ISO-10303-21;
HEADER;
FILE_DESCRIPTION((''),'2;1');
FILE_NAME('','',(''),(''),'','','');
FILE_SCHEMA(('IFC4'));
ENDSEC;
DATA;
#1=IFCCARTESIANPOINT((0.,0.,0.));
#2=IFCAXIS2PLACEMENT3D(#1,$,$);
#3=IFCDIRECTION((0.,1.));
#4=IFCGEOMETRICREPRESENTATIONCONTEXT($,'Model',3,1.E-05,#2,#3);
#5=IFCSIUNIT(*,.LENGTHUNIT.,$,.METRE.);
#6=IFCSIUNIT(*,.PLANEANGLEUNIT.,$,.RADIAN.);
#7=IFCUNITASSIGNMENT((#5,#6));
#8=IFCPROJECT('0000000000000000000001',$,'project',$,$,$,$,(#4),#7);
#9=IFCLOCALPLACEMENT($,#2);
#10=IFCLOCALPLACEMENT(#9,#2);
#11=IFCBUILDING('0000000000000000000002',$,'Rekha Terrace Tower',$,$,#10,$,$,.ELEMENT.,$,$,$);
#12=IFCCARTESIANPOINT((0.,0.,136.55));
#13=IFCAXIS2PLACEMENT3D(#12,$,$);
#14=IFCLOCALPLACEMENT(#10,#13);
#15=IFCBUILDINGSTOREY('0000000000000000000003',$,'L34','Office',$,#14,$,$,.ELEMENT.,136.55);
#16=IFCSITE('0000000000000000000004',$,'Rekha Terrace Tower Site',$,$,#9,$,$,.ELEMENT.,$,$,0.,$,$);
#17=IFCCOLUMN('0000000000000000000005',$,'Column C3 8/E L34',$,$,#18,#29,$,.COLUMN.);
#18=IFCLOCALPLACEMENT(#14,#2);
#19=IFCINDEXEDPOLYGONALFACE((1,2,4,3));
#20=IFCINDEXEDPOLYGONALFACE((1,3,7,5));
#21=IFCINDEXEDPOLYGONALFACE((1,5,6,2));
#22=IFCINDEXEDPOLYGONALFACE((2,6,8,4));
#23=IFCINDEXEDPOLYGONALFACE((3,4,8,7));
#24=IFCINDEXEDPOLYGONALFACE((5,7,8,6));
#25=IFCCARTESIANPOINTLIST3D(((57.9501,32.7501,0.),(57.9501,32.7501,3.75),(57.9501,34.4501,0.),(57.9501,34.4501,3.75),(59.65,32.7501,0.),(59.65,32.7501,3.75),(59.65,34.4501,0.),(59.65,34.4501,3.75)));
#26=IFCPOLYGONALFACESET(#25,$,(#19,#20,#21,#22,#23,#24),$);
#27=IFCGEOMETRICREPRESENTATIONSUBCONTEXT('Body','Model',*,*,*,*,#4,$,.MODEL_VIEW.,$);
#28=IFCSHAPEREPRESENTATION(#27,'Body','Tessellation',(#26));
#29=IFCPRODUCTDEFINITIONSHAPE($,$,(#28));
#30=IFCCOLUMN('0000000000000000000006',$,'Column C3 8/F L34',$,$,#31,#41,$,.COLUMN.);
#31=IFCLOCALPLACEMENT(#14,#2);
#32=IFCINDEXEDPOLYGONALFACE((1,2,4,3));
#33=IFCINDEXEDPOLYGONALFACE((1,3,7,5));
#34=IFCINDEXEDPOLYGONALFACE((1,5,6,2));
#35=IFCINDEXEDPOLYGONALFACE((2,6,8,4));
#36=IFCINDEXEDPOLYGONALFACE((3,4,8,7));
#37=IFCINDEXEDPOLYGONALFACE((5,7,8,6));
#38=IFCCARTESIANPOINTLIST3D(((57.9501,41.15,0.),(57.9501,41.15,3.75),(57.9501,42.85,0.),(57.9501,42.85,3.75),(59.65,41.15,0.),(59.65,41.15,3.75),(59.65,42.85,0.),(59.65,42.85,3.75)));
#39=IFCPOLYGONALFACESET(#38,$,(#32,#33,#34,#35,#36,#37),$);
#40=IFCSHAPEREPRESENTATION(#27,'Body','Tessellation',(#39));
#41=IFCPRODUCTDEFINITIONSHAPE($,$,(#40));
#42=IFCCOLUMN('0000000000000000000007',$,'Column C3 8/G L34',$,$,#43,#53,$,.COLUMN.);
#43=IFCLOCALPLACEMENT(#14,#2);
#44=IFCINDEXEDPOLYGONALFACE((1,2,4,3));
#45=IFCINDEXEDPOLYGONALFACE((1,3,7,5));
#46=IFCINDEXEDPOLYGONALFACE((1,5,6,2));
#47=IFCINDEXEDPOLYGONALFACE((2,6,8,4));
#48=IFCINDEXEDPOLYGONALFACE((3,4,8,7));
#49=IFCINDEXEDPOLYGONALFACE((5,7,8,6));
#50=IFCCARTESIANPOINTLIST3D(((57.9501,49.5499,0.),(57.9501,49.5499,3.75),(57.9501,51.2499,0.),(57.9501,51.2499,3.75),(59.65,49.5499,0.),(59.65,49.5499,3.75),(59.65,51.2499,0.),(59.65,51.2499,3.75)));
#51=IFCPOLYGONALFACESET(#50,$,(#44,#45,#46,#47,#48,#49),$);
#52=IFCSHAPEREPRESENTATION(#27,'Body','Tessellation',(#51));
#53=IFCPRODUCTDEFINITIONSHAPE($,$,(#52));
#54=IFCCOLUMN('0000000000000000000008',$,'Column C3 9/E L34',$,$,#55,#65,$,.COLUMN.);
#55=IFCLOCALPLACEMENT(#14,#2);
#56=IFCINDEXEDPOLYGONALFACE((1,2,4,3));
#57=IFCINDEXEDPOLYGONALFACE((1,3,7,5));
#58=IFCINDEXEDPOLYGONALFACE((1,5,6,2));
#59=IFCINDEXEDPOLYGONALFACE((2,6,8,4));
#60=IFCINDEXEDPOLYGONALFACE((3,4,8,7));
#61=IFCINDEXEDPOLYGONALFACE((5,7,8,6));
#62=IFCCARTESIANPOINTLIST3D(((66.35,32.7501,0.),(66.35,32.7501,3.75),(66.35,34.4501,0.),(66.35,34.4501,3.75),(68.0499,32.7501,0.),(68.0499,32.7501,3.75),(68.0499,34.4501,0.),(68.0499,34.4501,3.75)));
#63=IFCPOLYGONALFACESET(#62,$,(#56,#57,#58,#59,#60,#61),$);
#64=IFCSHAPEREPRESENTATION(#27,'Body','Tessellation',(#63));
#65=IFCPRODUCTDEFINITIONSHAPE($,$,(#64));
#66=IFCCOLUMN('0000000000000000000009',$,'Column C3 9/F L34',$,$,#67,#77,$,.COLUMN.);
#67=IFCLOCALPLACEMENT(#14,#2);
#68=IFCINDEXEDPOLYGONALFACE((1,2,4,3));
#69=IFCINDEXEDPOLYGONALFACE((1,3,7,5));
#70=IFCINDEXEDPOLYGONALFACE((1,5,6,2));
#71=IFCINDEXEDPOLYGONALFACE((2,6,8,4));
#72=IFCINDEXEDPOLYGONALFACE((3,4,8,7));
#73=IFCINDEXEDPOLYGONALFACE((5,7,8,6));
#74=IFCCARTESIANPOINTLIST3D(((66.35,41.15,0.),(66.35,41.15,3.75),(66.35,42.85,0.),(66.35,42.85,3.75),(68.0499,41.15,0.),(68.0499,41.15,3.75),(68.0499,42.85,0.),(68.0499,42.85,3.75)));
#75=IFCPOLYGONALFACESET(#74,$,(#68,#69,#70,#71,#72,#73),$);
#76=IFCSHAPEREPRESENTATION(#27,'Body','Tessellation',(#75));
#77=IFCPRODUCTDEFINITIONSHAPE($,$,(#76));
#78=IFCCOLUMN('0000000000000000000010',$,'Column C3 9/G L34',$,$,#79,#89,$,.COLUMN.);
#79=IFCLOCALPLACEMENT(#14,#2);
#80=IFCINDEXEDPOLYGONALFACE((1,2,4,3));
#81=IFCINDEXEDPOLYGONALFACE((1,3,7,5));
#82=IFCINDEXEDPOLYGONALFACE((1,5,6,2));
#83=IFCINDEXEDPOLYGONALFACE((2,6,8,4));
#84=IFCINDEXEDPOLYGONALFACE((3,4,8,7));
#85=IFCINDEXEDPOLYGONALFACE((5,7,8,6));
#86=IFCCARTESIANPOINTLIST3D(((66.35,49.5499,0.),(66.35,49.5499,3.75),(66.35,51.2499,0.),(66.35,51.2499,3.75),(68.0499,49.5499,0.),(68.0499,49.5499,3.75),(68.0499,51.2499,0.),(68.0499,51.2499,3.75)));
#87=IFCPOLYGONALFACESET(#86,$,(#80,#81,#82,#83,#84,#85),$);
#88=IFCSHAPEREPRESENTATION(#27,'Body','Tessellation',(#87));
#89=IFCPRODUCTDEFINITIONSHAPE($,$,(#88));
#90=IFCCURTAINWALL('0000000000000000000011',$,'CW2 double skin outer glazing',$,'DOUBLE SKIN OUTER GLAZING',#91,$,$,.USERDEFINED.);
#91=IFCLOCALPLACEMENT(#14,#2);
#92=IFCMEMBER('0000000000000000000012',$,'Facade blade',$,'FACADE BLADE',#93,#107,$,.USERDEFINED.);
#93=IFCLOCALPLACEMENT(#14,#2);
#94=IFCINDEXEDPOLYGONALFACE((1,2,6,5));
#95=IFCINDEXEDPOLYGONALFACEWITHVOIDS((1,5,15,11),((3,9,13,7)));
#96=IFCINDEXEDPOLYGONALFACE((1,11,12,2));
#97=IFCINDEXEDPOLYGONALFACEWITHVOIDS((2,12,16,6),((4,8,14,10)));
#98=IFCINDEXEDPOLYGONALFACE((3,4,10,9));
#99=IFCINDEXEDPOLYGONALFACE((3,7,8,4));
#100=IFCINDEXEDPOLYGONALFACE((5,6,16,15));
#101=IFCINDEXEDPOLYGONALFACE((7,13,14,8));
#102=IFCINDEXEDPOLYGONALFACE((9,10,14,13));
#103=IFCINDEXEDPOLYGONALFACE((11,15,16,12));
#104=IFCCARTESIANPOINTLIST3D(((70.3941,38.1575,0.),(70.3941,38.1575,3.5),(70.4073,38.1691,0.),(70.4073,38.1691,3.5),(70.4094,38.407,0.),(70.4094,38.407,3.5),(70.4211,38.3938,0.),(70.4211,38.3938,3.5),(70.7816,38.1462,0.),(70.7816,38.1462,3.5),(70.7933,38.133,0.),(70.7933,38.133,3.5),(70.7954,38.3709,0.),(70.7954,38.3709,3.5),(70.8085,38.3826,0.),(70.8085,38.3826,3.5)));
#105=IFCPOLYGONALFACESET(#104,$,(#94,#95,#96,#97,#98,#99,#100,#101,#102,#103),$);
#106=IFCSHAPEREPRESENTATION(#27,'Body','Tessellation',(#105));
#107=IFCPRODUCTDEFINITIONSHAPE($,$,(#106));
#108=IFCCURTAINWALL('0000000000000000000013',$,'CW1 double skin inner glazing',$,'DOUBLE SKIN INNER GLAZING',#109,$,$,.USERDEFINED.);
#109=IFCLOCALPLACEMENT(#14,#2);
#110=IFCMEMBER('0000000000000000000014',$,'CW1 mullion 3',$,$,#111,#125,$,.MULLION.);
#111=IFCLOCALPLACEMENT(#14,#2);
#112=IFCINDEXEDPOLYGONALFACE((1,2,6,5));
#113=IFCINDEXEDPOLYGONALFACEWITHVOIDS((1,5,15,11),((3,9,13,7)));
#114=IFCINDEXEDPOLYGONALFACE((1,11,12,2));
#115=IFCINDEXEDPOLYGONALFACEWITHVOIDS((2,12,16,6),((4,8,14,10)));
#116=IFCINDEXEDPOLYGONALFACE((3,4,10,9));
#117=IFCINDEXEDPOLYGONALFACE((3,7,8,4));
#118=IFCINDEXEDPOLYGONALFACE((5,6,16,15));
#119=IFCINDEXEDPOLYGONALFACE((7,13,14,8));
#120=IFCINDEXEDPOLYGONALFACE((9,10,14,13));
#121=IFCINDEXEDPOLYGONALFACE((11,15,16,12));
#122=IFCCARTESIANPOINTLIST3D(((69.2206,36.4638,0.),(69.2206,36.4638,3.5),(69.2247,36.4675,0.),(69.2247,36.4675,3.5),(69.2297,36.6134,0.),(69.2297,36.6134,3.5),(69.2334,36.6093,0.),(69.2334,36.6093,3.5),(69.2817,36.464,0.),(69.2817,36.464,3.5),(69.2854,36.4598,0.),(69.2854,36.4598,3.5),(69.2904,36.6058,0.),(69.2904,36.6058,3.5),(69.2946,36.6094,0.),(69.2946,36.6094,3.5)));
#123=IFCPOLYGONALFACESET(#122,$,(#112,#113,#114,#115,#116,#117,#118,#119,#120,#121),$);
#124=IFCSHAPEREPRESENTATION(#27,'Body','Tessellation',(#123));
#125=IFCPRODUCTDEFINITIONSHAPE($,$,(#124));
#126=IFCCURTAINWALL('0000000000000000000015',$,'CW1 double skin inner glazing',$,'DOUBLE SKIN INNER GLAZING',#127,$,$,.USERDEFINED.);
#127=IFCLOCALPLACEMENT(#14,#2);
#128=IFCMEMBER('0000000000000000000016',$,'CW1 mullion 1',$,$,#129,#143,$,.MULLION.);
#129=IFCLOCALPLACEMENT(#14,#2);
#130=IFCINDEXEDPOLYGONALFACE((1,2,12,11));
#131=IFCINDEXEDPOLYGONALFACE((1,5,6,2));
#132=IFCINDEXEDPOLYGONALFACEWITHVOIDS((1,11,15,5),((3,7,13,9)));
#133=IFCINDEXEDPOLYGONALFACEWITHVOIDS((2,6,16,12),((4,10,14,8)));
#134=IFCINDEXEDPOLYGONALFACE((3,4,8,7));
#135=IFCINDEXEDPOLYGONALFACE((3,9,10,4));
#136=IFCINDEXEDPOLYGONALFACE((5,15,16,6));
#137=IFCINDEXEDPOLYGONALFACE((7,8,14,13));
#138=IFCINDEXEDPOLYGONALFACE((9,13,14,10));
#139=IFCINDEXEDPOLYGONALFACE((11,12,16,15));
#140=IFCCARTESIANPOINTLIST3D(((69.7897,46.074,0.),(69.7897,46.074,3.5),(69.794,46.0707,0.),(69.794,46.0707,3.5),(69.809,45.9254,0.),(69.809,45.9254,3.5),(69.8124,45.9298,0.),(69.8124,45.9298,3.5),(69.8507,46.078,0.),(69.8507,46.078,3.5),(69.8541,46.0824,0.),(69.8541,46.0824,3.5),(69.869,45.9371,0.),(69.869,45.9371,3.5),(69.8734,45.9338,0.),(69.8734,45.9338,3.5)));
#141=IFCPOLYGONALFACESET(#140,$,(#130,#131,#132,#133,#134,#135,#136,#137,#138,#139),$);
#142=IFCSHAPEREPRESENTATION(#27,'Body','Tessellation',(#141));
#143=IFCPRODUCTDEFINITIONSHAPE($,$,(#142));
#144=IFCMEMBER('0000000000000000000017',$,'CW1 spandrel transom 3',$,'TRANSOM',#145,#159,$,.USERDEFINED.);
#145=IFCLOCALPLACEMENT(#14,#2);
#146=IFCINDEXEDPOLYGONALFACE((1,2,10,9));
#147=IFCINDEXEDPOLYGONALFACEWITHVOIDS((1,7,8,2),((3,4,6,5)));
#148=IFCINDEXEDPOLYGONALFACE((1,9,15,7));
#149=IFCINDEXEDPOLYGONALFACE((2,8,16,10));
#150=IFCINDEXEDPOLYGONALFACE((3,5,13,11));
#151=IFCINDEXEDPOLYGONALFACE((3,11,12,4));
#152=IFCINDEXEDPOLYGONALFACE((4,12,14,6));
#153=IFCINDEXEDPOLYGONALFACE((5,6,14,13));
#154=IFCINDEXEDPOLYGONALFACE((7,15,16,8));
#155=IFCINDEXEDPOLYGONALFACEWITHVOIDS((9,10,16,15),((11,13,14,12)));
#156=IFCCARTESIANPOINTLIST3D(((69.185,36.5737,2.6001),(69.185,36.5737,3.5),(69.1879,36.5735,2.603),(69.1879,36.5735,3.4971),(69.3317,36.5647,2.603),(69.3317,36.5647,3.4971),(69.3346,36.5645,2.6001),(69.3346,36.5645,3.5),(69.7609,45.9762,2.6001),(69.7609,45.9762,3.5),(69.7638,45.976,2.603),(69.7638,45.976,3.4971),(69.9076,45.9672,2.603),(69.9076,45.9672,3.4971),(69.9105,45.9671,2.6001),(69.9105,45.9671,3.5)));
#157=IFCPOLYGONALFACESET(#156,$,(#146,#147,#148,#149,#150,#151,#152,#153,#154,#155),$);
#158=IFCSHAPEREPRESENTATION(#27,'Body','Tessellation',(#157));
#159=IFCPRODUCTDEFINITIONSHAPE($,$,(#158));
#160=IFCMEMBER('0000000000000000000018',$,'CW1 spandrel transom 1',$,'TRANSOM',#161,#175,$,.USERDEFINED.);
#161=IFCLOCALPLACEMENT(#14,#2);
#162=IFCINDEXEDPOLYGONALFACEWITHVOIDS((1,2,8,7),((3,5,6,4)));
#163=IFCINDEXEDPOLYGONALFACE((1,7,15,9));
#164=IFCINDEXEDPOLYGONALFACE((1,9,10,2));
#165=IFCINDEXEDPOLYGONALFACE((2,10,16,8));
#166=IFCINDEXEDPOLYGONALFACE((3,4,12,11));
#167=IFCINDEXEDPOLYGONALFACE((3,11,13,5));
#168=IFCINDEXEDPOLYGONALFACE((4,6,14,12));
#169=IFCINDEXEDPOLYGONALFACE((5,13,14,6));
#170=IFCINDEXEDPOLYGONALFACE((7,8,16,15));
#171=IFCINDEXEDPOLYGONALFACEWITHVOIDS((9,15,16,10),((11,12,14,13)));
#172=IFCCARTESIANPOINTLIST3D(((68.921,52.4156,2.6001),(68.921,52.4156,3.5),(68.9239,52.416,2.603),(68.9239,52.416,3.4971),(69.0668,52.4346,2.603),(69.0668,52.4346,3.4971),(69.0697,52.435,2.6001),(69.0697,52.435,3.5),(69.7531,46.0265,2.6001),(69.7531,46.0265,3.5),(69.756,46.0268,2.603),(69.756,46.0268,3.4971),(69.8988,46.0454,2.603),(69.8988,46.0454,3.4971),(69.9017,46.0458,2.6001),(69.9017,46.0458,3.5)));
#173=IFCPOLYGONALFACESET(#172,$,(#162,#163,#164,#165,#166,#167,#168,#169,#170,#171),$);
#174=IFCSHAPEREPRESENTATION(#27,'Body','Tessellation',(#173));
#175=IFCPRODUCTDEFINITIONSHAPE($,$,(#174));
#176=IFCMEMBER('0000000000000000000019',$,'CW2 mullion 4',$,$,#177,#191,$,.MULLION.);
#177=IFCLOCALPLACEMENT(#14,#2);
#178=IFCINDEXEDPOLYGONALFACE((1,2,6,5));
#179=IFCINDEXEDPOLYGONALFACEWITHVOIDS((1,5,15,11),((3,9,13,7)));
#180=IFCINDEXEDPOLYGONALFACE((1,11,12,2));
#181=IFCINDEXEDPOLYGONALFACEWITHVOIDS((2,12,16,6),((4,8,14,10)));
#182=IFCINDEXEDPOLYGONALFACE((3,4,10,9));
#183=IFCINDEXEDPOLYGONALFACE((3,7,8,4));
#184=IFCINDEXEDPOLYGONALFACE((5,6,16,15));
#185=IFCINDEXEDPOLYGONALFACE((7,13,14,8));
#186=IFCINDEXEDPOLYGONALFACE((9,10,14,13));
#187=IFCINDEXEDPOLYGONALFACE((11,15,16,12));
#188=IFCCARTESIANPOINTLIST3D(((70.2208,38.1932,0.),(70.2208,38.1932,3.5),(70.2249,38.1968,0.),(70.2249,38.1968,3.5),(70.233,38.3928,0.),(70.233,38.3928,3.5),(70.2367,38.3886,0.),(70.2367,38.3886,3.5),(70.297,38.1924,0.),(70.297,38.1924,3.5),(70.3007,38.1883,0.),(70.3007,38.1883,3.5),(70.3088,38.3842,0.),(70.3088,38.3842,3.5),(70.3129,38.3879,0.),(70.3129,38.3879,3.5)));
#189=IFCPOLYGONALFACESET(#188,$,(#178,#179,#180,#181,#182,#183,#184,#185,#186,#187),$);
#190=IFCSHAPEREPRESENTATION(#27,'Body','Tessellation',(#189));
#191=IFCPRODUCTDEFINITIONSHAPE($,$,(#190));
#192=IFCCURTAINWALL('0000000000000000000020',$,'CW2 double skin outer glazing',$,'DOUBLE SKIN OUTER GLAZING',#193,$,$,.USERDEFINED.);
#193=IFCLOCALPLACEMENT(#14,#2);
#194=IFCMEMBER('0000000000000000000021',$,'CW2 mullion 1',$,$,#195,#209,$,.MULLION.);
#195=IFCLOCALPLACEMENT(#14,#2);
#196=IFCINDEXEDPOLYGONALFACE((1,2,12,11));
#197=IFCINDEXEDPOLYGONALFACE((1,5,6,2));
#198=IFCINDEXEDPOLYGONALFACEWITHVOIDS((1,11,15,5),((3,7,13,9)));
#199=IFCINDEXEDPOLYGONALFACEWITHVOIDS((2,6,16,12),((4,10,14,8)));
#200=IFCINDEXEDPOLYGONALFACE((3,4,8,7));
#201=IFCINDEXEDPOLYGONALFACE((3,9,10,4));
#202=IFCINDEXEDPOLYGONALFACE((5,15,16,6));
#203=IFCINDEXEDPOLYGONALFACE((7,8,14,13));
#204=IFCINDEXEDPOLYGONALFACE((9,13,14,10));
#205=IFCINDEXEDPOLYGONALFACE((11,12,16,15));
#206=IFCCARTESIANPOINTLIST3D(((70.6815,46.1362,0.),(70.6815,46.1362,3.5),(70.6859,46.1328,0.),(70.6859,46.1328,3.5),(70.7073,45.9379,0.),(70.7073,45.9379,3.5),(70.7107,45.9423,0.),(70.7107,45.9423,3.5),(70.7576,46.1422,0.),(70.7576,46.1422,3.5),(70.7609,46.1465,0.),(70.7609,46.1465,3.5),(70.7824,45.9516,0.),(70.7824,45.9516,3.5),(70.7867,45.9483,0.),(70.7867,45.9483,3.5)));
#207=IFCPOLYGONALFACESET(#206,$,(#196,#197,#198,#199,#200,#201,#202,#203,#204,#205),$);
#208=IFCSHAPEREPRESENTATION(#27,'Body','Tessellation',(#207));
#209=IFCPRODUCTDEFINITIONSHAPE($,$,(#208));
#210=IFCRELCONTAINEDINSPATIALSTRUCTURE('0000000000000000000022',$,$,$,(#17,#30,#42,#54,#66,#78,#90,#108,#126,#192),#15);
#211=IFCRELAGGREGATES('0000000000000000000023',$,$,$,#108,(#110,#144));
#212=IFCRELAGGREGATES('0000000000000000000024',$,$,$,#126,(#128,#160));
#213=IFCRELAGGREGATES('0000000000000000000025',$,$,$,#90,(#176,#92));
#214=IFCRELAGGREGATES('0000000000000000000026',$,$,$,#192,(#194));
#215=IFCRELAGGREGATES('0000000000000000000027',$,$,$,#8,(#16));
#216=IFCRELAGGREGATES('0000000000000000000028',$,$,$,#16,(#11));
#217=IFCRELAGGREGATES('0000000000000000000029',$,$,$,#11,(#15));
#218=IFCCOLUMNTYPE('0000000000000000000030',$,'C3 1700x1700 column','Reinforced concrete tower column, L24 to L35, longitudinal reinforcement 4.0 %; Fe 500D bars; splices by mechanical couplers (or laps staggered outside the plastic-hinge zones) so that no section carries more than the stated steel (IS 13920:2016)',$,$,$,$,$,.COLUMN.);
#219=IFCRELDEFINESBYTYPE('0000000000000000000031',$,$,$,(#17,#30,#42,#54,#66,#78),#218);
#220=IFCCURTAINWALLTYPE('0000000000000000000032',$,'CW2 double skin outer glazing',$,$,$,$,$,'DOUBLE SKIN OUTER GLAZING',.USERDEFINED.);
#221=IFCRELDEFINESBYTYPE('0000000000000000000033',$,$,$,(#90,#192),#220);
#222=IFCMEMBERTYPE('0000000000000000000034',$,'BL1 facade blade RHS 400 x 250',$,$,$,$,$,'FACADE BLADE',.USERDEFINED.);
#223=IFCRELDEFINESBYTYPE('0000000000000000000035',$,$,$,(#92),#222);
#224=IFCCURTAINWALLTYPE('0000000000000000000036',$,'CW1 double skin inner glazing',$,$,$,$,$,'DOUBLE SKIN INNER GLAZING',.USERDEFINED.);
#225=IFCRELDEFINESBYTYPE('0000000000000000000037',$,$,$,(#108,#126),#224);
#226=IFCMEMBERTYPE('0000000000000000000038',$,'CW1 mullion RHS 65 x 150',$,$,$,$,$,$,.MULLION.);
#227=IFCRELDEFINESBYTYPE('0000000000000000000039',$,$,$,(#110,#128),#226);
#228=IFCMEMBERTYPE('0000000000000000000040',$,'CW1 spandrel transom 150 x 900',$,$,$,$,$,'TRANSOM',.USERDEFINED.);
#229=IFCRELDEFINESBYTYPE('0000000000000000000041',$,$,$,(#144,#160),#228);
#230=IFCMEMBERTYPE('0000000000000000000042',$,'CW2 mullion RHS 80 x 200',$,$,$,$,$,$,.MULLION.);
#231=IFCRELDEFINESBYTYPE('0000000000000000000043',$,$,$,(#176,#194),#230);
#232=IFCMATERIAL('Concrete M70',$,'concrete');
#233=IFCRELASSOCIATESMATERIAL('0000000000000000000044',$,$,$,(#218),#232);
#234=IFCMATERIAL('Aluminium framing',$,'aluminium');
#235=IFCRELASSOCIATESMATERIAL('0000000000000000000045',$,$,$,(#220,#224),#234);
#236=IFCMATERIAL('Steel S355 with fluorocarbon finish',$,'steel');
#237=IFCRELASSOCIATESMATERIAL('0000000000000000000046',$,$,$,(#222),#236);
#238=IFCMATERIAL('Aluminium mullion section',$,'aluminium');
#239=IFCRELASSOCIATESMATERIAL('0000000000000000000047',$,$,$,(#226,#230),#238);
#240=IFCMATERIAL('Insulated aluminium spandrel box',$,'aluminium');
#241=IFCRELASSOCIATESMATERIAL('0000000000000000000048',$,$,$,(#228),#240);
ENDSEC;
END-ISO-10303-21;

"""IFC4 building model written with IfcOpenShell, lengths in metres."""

from ifc_helpers import new_model, si_unit, direction, frame, origin, origin_2d, place, context, subcontext, project, spatial, rectangle, hollow_rectangle, extrude, material, material_profile, profile_set, type_object, element, aggregate, save


model = new_model("IFC4")

# Units and contexts
model_context = context("Model", 3, precision=1e-05, world=origin(), true_north=direction((0.0, 1.0)))
body_context = subcontext(model_context, "Body", "Model", "MODEL_VIEW")
ifc_project = project(units=[si_unit("LENGTHUNIT", "METRE"), si_unit("PLANEANGLEUNIT", "RADIAN")], contexts=[model_context])

# Site, building, storey
site_placement = place(None, origin())
site = spatial("IfcSite", under=ifc_project, at=site_placement, Name="Rekha Terrace Tower Site", CompositionType="ELEMENT", RefElevation=0.0)
building_placement = place(site_placement, origin())
building = spatial("IfcBuilding", under=site, at=building_placement, Name="Rekha Terrace Tower", CompositionType="ELEMENT")
storey_placement = place(building_placement, frame((0.0, 0.0, 136.55)))
storey = spatial("IfcBuildingStorey", under=building, at=storey_placement, Name="L34", Description="Office", CompositionType="ELEMENT", Elevation=136.55)

# Columns
ifc_material_1 = material(Name="Concrete M70", Category="concrete")
ifc_material_profile_1 = material_profile(ifc_material_1, rectangle(XDim=1.7, YDim=1.7, at=origin_2d()), Name="RC 1700x1700")
ifc_profile_set_1 = profile_set([ifc_material_profile_1], Name="Concrete M70")
column_type = type_object("IfcColumnType", Name="C3 1700x1700 column", Description="Reinforced concrete tower column, L24 to L35, longitudinal reinforcement 4.0 %; Fe 500D bars; splices by mechanical couplers (or laps staggered outside the plastic-hinge zones) so that no section carries more than the stated steel (IS 13920:2016)", PredefinedType="COLUMN", material=ifc_profile_set_1)
for number, where, z_axis, x_axis, name in (
    (1, (58.8, 33.6001, 0.0), (0.0, 0.0, 1.0), (1.0, 0.0, 0.0), "Column C3 8/E L34"),
    (2, (58.8, 42.0, 0.0), (0.0, 0.0, 1.0), (1.0, 0.0, 0.0), "Column C3 8/F L34"),
    (3, (58.8, 50.3999, 0.0), (0.0, 0.0, 1.0), (1.0, 0.0, 0.0), "Column C3 8/G L34"),
    (4, (67.2, 33.6001, 0.0), (0.0, 0.0, 1.0), (1.0, 0.0, 0.0), "Column C3 9/E L34"),
    (5, (67.2, 42.0, 0.0), (0.0, 0.0, 1.0), (1.0, 0.0, 0.0), "Column C3 9/F L34"),
    (6, (67.2, 50.3999, 0.0), (0.0, 0.0, 1.0), (1.0, 0.0, 0.0), "Column C3 9/G L34"),
):
    element("IfcColumn", number, at=place(storey_placement, frame(where, z_axis=z_axis, x_axis=x_axis)), inside=storey, type_object=column_type, Name=name, PredefinedType="COLUMN", context=body_context, shape_type="SweptSolid", body=[
        extrude(rectangle(XDim=1.7, YDim=1.7, at=origin_2d()), origin(), (0.0, 0.0, 1.0), 3.75),
    ])

# Curtain walls, members
ifc_material_2 = material(Name="Aluminium framing", Category="aluminium")
curtain_wall_type_1 = type_object("IfcCurtainWallType", Name="CW2 double skin outer glazing", ElementType="DOUBLE SKIN OUTER GLAZING", PredefinedType="USERDEFINED", material=ifc_material_2)
curtain_wall_1_placement = place(storey_placement, origin())
curtain_wall_1 = element("IfcCurtainWall", 7, at=curtain_wall_1_placement, inside=storey, type_object=curtain_wall_type_1, Name="CW2 double skin outer glazing", ObjectType="DOUBLE SKIN OUTER GLAZING", PredefinedType="USERDEFINED")
ifc_material_3 = material(Name="Steel S355 with fluorocarbon finish", Category="steel")
ifc_material_profile_2 = material_profile(ifc_material_3, hollow_rectangle(XDim=0.25, YDim=0.3999, WallThickness=0.0125, at=origin_2d()), Name="RHS400x250x12.5")
ifc_profile_set_2 = profile_set([ifc_material_profile_2], Name="Steel S355 with fluorocarbon finish")
member_type_1 = type_object("IfcMemberType", Name="BL1 facade blade RHS 400 x 250", ElementType="FACADE BLADE", PredefinedType="USERDEFINED", material=ifc_profile_set_2)
member_1_placement = place(storey_placement, frame((70.6013, 38.27, 0.0), z_axis=(0.0, 0.0, 1.0), x_axis=(0.06116, 0.998128, 0.0)))
member_1 = element("IfcMember", 8, at=member_1_placement, type_object=member_type_1, Name="Facade blade", ObjectType="FACADE BLADE", PredefinedType="USERDEFINED", context=body_context, shape_type="SweptSolid", body=[
    extrude(hollow_rectangle(XDim=0.25, YDim=0.3999, WallThickness=0.0125, at=origin_2d()), origin(), (0.0, 0.0, 1.0), 3.5),
])
curtain_wall_type_2 = type_object("IfcCurtainWallType", Name="CW1 double skin inner glazing", ElementType="DOUBLE SKIN INNER GLAZING", PredefinedType="USERDEFINED", material=ifc_material_2)
curtain_wall_2_placement = place(storey_placement, origin())
curtain_wall_2 = element("IfcCurtainWall", 9, at=curtain_wall_2_placement, inside=storey, type_object=curtain_wall_type_2, Name="CW1 double skin inner glazing", ObjectType="DOUBLE SKIN INNER GLAZING", PredefinedType="USERDEFINED")
ifc_material_4 = material(Name="Aluminium mullion section", Category="aluminium")
ifc_material_profile_3 = material_profile(ifc_material_4, hollow_rectangle(XDim=0.0649, YDim=0.1499, WallThickness=0.0039, at=origin_2d()), Name="AL RHS 65x150")
ifc_profile_set_3 = profile_set([ifc_material_profile_3], Name="Aluminium mullion section")
member_type_2 = type_object("IfcMemberType", Name="CW1 mullion RHS 65 x 150", PredefinedType="MULLION", material=ifc_profile_set_3)
member_2_placement = place(storey_placement, frame((69.2576, 36.5366, 0.0), z_axis=(0.0, 0.0, 1.0), x_axis=(-0.998128, 0.06116, 0.0)))
member_2 = element("IfcMember", 10, at=member_2_placement, type_object=member_type_2, Name="CW1 mullion 3", PredefinedType="MULLION", context=body_context, shape_type="SweptSolid", body=[
    extrude(hollow_rectangle(XDim=0.0649, YDim=0.1499, WallThickness=0.0039, at=origin_2d()), origin(), (0.0, 0.0, 1.0), 3.5),
])
curtain_wall_3_placement = place(storey_placement, origin())
curtain_wall_3 = element("IfcCurtainWall", 11, at=curtain_wall_3_placement, inside=storey, type_object=curtain_wall_type_2, Name="CW1 double skin inner glazing", ObjectType="DOUBLE SKIN INNER GLAZING", PredefinedType="USERDEFINED")
member_3_placement = place(storey_placement, frame((69.8315, 46.0039, 0.0), z_axis=(0.0, 0.0, 1.0), x_axis=(-0.991629, -0.129118, 0.0)))
member_3 = element("IfcMember", 12, at=member_3_placement, type_object=member_type_2, Name="CW1 mullion 1", PredefinedType="MULLION", context=body_context, shape_type="SweptSolid", body=[
    extrude(hollow_rectangle(XDim=0.0649, YDim=0.1499, WallThickness=0.0039, at=origin_2d()), origin(), (0.0, 0.0, 1.0), 3.5),
])

# Members
ifc_material_5 = material(Name="Insulated aluminium spandrel box", Category="aluminium")
ifc_material_profile_4 = material_profile(ifc_material_5, hollow_rectangle(XDim=0.1499, YDim=0.8999, WallThickness=0.0029, at=origin_2d()), Name="AL SPANDREL BOX 150x900")
ifc_profile_set_4 = profile_set([ifc_material_profile_4], Name="Insulated aluminium spandrel box")
member_type_3 = type_object("IfcMemberType", Name="CW1 spandrel transom 150 x 900", ElementType="TRANSOM", PredefinedType="USERDEFINED", material=ifc_profile_set_4)
member_4_placement = place(storey_placement, frame((69.2598, 36.5691, 3.05), z_axis=(0.061137, 0.998129, 0.0), x_axis=(-0.998129, 0.061137, 0.0)))
member_4 = element("IfcMember", 13, at=member_4_placement, type_object=member_type_3, Name="CW1 spandrel transom 3", ObjectType="TRANSOM", PredefinedType="USERDEFINED", context=body_context, shape_type="SweptSolid", body=[
    extrude(hollow_rectangle(XDim=0.1499, YDim=0.8999, WallThickness=0.0029, at=origin_2d()), origin(), (0.0, 0.0, 1.0), 9.4202),
])
member_5_placement = place(storey_placement, frame((69.8274, 46.0361, 3.05), z_axis=(-0.129135, 0.991627, 0.0), x_axis=(-0.991627, -0.129135, 0.0)))
member_5 = element("IfcMember", 14, at=member_5_placement, type_object=member_type_3, Name="CW1 spandrel transom 1", ObjectType="TRANSOM", PredefinedType="USERDEFINED", context=body_context, shape_type="SweptSolid", body=[
    extrude(hollow_rectangle(XDim=0.1499, YDim=0.8999, WallThickness=0.0029, at=origin_2d()), origin(), (0.0, 0.0, 1.0), 6.4431),
])
ifc_material_profile_5 = material_profile(ifc_material_4, hollow_rectangle(XDim=0.0801, YDim=0.2, WallThickness=0.0039, at=origin_2d()), Name="AL RHS 80x200")
ifc_profile_set_5 = profile_set([ifc_material_profile_5], Name="Aluminium mullion section")
member_type_4 = type_object("IfcMemberType", Name="CW2 mullion RHS 80 x 200", PredefinedType="MULLION", material=ifc_profile_set_5)
member_6_placement = place(storey_placement, frame((70.2668, 38.2905, 0.0), z_axis=(0.0, 0.0, 1.0), x_axis=(-0.998128, 0.06116, 0.0)))
member_6 = element("IfcMember", 15, at=member_6_placement, type_object=member_type_4, Name="CW2 mullion 4", PredefinedType="MULLION", context=body_context, shape_type="SweptSolid", body=[
    extrude(hollow_rectangle(XDim=0.0801, YDim=0.2, WallThickness=0.0039, at=origin_2d()), origin(), (0.0, 0.0, 1.0), 3.5),
])

# Curtain wall, member
curtain_wall_4_placement = place(storey_placement, origin())
curtain_wall_4 = element("IfcCurtainWall", 16, at=curtain_wall_4_placement, inside=storey, type_object=curtain_wall_type_1, Name="CW2 double skin outer glazing", ObjectType="DOUBLE SKIN OUTER GLAZING", PredefinedType="USERDEFINED")
member_7_placement = place(storey_placement, frame((70.7341, 46.0422, 0.0), z_axis=(0.0, 0.0, 1.0), x_axis=(-0.991629, -0.129118, 0.0)))
member_7 = element("IfcMember", 17, at=member_7_placement, type_object=member_type_4, Name="CW2 mullion 1", PredefinedType="MULLION", context=body_context, shape_type="SweptSolid", body=[
    extrude(hollow_rectangle(XDim=0.0801, YDim=0.2, WallThickness=0.0039, at=origin_2d()), origin(), (0.0, 0.0, 1.0), 3.5),
])

aggregate(curtain_wall_2, [member_2, member_4])
aggregate(curtain_wall_3, [member_3, member_5])
aggregate(curtain_wall_1, [member_6, member_1])
aggregate(curtain_wall_4, [member_7])

save(model, "model.ifc")
